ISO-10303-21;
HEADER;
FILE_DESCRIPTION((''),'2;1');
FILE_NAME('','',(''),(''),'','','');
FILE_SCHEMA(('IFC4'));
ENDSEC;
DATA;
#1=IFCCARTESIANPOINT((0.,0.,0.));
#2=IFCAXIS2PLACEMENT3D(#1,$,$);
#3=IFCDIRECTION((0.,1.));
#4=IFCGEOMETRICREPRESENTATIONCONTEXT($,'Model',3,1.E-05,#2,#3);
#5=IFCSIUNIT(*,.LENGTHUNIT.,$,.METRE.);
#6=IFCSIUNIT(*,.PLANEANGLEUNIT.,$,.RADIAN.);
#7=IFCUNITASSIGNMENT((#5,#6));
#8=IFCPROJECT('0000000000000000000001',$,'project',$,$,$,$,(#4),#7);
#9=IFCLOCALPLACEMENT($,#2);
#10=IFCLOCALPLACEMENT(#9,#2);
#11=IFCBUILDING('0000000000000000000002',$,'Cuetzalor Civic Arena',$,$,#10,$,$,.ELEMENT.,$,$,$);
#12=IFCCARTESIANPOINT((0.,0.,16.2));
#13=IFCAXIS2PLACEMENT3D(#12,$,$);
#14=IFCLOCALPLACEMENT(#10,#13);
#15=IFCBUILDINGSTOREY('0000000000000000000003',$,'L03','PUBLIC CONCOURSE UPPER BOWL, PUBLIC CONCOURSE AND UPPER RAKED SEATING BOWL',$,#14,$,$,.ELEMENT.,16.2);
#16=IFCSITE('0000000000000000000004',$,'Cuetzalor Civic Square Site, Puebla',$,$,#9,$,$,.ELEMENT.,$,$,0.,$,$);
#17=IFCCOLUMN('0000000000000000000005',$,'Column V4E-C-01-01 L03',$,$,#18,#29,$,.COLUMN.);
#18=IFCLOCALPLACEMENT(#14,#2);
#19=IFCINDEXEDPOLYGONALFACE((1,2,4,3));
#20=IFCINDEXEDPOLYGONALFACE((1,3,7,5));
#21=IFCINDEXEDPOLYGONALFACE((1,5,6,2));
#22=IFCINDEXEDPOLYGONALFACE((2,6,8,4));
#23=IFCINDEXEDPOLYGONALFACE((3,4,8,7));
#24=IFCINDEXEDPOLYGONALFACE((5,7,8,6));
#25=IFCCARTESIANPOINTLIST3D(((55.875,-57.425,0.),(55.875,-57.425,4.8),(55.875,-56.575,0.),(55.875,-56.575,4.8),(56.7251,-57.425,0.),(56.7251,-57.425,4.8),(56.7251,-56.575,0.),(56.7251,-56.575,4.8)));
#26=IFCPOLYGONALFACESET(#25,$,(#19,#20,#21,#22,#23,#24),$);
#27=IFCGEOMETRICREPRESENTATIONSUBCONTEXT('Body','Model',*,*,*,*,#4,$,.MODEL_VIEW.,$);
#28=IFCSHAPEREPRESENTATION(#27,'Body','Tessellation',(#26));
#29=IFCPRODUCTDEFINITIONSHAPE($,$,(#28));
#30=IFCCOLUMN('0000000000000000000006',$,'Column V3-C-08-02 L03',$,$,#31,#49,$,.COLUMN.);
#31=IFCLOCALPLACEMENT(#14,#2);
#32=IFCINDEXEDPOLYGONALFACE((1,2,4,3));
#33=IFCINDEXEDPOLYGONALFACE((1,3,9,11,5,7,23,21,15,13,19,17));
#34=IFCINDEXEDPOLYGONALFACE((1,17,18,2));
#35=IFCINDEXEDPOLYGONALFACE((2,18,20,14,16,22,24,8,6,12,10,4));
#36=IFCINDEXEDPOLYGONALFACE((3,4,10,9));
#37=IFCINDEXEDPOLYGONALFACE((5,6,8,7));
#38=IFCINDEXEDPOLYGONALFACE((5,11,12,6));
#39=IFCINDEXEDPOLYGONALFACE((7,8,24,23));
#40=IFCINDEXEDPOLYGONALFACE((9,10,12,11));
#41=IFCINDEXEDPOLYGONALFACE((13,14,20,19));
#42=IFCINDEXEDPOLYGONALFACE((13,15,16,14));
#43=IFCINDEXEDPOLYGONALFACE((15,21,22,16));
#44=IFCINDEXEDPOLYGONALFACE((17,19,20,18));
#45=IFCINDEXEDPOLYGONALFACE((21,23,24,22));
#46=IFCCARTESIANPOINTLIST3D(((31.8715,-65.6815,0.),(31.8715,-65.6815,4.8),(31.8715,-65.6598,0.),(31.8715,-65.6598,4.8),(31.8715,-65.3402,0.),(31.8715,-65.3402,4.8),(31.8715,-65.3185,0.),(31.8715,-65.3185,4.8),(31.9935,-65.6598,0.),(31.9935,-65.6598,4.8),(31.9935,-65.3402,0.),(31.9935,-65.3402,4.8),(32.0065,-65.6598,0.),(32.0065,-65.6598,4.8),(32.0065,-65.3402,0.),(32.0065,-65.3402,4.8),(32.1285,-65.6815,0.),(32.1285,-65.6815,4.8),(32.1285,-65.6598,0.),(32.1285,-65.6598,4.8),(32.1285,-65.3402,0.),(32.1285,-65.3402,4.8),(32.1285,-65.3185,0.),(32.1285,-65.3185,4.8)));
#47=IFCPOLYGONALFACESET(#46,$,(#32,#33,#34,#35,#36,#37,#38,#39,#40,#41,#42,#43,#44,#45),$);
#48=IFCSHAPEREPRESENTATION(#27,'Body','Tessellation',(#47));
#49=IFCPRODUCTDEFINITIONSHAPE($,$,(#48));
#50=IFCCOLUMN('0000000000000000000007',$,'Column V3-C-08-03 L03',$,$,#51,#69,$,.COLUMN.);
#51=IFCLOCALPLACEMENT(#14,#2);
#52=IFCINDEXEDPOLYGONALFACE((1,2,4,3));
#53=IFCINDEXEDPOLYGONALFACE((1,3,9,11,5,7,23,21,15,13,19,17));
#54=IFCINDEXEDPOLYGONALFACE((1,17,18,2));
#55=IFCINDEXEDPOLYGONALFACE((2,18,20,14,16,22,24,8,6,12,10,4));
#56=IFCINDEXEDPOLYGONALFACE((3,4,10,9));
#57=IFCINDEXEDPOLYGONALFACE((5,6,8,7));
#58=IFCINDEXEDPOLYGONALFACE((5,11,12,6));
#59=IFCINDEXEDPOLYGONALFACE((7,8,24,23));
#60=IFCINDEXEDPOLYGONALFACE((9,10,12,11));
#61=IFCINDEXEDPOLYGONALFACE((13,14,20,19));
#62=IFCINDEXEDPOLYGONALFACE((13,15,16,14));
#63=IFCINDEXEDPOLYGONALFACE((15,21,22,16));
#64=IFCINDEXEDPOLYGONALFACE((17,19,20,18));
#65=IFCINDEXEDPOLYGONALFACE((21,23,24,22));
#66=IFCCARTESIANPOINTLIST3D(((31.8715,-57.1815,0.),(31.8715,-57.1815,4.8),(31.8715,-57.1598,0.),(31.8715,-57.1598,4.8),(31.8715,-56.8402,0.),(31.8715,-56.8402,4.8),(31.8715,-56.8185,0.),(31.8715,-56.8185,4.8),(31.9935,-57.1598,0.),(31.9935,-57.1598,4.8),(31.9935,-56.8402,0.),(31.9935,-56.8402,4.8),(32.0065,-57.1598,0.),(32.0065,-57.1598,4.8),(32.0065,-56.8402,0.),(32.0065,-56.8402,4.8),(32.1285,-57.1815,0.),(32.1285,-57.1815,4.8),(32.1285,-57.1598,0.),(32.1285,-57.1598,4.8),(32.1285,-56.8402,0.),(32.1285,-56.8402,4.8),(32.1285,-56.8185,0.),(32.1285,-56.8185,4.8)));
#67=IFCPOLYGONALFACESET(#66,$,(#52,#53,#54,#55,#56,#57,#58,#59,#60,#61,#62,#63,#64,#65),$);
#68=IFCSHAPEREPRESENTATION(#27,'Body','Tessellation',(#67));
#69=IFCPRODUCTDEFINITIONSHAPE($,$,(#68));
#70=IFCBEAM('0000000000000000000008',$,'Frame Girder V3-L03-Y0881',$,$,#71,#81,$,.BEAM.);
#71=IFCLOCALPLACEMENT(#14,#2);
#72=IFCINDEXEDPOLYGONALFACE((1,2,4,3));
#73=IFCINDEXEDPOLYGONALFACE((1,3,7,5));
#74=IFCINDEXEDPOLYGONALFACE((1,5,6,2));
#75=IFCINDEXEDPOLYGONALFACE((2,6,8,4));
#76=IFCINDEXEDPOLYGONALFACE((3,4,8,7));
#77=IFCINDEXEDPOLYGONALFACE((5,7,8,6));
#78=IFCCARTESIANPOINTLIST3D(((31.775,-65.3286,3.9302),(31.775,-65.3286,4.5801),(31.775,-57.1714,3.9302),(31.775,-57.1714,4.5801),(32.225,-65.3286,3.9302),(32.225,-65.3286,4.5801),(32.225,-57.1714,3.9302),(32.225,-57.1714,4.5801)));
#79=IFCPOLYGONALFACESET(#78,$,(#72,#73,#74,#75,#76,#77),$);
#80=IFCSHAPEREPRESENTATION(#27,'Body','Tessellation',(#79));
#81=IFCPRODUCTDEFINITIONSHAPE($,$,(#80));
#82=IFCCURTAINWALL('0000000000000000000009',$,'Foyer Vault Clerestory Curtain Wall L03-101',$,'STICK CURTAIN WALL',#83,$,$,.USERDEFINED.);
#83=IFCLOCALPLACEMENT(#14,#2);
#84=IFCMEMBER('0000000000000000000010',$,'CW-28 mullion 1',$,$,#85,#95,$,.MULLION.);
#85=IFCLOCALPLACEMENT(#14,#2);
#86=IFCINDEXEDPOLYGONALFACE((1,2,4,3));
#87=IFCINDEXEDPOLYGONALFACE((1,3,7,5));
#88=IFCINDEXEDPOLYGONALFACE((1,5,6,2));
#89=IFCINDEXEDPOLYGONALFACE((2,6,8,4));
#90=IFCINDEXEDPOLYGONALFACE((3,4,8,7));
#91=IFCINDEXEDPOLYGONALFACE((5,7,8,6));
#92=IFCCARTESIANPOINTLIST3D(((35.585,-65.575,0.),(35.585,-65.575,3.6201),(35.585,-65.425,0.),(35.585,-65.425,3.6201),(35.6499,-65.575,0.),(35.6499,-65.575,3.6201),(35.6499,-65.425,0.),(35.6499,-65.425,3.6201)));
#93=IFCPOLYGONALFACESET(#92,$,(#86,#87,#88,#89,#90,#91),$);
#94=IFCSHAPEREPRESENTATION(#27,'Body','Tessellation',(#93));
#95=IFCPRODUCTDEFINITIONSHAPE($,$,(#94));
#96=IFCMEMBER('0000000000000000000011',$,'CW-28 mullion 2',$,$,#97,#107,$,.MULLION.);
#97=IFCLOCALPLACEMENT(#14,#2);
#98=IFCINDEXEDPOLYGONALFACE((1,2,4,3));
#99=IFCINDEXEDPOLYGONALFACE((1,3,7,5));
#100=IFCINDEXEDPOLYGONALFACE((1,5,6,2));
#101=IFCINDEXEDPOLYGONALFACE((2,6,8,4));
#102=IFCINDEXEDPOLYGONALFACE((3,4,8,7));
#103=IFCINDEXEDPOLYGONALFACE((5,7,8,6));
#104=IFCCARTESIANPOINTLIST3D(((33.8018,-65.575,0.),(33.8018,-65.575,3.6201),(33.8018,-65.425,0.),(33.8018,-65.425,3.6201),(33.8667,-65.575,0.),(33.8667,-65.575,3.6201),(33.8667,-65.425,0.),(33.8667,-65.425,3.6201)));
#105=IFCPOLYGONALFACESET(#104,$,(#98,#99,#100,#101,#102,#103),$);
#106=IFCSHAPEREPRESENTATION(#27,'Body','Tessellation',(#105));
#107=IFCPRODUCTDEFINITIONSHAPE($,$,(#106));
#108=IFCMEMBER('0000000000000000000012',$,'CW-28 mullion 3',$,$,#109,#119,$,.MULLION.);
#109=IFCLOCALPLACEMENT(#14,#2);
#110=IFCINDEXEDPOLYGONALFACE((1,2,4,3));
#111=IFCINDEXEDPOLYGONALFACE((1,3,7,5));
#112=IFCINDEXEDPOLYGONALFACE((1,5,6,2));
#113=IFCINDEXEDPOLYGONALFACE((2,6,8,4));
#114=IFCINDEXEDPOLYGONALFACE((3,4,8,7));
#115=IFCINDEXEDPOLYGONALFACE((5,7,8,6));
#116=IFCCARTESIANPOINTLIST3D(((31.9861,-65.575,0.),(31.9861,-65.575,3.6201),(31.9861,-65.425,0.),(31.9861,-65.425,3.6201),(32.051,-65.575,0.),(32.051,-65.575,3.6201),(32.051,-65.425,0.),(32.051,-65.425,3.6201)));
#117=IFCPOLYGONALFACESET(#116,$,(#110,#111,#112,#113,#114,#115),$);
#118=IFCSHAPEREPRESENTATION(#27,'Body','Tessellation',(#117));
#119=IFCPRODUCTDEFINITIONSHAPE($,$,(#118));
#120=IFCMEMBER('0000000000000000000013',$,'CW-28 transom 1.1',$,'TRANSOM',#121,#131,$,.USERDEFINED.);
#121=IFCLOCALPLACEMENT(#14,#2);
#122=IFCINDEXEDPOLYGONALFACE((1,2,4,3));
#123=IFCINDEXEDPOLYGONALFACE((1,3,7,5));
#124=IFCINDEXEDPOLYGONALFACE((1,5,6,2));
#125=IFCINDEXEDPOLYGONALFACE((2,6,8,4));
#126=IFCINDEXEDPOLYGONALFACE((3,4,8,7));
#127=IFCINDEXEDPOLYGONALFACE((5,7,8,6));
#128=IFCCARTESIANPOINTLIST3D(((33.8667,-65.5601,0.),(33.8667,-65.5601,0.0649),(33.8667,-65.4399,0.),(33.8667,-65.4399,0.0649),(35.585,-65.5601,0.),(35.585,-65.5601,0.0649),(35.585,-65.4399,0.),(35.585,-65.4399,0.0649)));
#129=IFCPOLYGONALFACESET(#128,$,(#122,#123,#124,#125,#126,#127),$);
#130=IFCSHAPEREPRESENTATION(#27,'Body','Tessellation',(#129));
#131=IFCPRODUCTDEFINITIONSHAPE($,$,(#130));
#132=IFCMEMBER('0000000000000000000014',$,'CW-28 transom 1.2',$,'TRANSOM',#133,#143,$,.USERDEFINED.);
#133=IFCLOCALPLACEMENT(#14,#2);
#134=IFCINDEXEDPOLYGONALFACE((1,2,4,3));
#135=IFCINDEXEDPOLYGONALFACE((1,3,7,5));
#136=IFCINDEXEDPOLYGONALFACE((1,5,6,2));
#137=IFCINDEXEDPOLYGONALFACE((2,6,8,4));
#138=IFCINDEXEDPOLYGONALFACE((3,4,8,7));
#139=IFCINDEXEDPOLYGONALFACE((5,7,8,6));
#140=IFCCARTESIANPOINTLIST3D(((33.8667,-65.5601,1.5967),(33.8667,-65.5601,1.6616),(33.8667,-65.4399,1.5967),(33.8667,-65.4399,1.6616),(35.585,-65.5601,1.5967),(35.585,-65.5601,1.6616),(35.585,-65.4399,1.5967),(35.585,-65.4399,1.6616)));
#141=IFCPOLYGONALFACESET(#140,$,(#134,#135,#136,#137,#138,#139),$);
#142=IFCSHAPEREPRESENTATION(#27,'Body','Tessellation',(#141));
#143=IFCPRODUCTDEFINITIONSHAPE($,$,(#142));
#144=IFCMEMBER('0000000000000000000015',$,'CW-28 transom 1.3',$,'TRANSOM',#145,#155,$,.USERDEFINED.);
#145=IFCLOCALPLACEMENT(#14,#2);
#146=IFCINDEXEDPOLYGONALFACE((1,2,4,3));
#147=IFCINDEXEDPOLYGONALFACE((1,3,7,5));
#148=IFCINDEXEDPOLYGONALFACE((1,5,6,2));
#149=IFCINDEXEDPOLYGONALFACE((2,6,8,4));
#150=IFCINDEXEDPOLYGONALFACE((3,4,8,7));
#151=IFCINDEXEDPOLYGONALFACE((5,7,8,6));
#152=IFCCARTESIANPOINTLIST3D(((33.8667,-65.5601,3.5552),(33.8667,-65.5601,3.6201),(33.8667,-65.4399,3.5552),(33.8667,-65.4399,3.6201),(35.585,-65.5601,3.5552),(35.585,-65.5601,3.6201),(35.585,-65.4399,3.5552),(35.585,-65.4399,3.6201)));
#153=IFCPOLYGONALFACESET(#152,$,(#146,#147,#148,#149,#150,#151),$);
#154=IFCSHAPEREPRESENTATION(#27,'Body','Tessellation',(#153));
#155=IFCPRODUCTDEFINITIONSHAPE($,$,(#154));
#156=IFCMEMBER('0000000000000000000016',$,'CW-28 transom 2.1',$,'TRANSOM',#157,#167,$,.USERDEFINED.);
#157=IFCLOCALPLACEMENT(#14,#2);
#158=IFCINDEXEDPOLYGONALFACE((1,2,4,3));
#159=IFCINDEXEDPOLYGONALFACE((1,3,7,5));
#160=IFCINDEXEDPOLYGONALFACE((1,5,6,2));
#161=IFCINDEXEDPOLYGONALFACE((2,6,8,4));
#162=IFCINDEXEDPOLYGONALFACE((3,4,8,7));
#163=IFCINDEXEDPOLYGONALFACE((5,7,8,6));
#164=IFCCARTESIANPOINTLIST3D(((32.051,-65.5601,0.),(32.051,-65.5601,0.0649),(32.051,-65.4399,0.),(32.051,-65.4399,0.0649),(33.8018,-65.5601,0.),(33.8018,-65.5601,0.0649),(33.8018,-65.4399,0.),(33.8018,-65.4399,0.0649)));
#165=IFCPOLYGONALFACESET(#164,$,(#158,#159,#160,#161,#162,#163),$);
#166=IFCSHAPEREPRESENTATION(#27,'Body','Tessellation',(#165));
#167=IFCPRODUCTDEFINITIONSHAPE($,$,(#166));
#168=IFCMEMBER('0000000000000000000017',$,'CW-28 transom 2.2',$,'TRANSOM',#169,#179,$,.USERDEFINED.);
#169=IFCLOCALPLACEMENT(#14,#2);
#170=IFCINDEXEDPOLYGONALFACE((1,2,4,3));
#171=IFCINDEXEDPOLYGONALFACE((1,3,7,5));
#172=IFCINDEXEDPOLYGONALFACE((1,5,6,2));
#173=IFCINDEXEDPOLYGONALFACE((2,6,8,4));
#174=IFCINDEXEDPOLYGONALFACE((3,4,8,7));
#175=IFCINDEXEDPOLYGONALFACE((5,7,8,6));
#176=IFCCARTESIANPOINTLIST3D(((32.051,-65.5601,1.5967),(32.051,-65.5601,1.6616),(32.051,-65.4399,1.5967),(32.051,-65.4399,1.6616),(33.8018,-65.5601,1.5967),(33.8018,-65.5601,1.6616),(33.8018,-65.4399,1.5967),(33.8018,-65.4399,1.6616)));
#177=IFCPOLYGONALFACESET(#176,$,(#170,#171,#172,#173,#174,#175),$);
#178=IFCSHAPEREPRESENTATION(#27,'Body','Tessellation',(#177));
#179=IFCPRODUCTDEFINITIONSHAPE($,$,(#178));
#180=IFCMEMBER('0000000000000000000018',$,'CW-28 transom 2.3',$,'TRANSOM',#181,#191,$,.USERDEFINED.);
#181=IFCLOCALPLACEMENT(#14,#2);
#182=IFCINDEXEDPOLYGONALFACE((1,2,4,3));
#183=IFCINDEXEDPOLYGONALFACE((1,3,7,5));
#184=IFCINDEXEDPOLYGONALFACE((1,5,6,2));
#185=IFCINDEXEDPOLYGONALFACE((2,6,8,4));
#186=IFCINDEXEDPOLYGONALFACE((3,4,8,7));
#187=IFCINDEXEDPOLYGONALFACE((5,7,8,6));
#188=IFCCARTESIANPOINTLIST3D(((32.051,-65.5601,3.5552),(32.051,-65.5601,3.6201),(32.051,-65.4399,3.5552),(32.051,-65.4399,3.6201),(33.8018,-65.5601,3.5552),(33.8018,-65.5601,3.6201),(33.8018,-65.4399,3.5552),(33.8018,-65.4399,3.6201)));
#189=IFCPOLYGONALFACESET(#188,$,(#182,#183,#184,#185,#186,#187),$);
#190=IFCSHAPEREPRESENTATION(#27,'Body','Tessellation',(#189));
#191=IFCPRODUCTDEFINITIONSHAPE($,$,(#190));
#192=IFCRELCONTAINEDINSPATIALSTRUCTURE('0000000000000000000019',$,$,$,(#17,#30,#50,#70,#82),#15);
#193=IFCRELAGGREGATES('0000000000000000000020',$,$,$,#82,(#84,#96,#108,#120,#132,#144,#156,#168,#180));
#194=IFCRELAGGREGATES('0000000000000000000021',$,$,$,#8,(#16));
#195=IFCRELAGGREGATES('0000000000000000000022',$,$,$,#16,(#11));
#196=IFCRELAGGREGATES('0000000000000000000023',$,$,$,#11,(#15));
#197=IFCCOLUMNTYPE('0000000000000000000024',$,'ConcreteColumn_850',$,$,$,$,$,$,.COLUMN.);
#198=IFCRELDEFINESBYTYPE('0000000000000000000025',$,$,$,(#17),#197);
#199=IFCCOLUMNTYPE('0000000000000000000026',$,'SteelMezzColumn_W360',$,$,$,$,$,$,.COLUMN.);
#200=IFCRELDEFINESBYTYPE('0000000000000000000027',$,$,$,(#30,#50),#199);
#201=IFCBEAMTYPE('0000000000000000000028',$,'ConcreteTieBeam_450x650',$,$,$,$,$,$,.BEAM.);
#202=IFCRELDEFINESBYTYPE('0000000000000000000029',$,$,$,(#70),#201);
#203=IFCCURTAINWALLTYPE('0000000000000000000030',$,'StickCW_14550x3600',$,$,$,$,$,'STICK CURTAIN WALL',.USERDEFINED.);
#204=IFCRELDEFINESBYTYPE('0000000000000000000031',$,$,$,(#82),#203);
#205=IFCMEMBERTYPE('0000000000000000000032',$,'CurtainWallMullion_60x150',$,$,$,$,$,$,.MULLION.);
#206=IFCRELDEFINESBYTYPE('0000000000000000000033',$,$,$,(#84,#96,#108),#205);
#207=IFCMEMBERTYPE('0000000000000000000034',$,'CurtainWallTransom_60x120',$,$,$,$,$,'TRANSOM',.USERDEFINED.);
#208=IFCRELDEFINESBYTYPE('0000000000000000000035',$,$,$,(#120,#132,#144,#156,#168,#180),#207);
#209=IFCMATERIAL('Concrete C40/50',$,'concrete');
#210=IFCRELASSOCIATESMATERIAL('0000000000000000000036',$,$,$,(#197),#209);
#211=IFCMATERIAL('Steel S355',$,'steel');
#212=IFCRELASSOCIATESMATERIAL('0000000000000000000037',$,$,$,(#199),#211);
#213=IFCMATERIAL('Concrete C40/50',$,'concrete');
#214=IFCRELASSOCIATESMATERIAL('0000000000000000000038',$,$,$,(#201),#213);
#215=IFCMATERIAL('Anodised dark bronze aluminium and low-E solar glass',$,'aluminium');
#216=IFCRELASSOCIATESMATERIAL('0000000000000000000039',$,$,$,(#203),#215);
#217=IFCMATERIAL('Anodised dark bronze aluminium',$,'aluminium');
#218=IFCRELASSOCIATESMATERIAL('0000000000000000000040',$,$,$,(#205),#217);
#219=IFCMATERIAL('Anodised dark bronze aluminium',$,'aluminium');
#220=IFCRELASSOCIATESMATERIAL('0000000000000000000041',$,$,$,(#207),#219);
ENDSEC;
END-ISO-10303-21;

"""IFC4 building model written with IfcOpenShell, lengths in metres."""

from ifc_helpers import new_model, si_unit, direction, frame, origin, origin_2d, place, context, subcontext, project, spatial, rectangle, i_section, extrude, material, material_profile, profile_set, type_object, element, aggregate, save


model = new_model("IFC4")

# Units and contexts
model_context = context("Model", 3, precision=1e-05, world=origin(), true_north=direction((0.0, 1.0)))
body_context = subcontext(model_context, "Body", "Model", "MODEL_VIEW")
ifc_project = project(units=[si_unit("LENGTHUNIT", "METRE"), si_unit("PLANEANGLEUNIT", "RADIAN")], contexts=[model_context])

# Site, building, storey
site_placement = place(None, origin())
site = spatial("IfcSite", under=ifc_project, at=site_placement, Name="Cuetzalor Civic Square Site, Puebla", CompositionType="ELEMENT", RefElevation=0.0)
building_placement = place(site_placement, origin())
building = spatial("IfcBuilding", under=site, at=building_placement, Name="Cuetzalor Civic Arena", CompositionType="ELEMENT")
storey_placement = place(building_placement, frame((0.0, 0.0, 16.2)))
storey = spatial("IfcBuildingStorey", under=building, at=storey_placement, Name="L03", Description="PUBLIC CONCOURSE UPPER BOWL, PUBLIC CONCOURSE AND UPPER RAKED SEATING BOWL", CompositionType="ELEMENT", Elevation=16.2)

# Columns
ifc_material_1 = material(Name="Concrete C40/50", Category="concrete")
ifc_material_profile_1 = material_profile(ifc_material_1, rectangle(XDim=0.8501, YDim=0.8501, at=origin_2d()), Name="RC 850x850")
ifc_profile_set_1 = profile_set([ifc_material_profile_1], Name="Concrete C40/50")
column_type_1 = type_object("IfcColumnType", Name="ConcreteColumn_850", PredefinedType="COLUMN", material=ifc_profile_set_1)
column_placement = place(storey_placement, frame((56.3, -57.0, 0.0), z_axis=(0.0, 0.0, 1.0), x_axis=(1.0, 0.0, 0.0)))
element("IfcColumn", 1, at=column_placement, inside=storey, type_object=column_type_1, Name="Column V4E-C-01-01 L03", PredefinedType="COLUMN", context=body_context, shape_type="SweptSolid", body=[
    extrude(rectangle(XDim=0.8501, YDim=0.8501, at=origin_2d()), origin(), (0.0, 0.0, 1.0), 4.8),
])
ifc_material_2 = material(Name="Steel S355", Category="steel")
ifc_material_profile_2 = material_profile(ifc_material_2, i_section(OverallWidth=0.2571, OverallDepth=0.363, WebThickness=0.0129, FlangeThickness=0.0217, at=origin_2d()), Name="W360x122")
ifc_profile_set_2 = profile_set([ifc_material_profile_2], Name="Steel S355")
column_type_2 = type_object("IfcColumnType", Name="SteelMezzColumn_W360", PredefinedType="COLUMN", material=ifc_profile_set_2)
for number, where, z_axis, x_axis, name in (
    (2, (32.0, -65.5, 0.0), (0.0, 0.0, 1.0), (1.0, 0.0, 0.0), "Column V3-C-08-02 L03"),
    (3, (32.0, -57.0, 0.0), (0.0, 0.0, 1.0), (1.0, 0.0, 0.0), "Column V3-C-08-03 L03"),
):
    element("IfcColumn", number, at=place(storey_placement, frame(where, z_axis=z_axis, x_axis=x_axis)), inside=storey, type_object=column_type_2, Name=name, PredefinedType="COLUMN", context=body_context, shape_type="SweptSolid", body=[
        extrude(i_section(OverallWidth=0.2571, OverallDepth=0.363, WebThickness=0.0129, FlangeThickness=0.0217, at=origin_2d()), origin(), (0.0, 0.0, 1.0), 4.8),
    ])

# Beam
ifc_material_3 = material(Name="Concrete C40/50", Category="concrete")
ifc_material_profile_3 = material_profile(ifc_material_3, rectangle(XDim=0.45, YDim=0.6499, at=origin_2d()), Name="RC 450x650")
ifc_profile_set_3 = profile_set([ifc_material_profile_3], Name="Concrete C40/50")
beam_type = type_object("IfcBeamType", Name="ConcreteTieBeam_450x650", PredefinedType="BEAM", material=ifc_profile_set_3)
beam_placement = place(storey_placement, frame((32.0, -65.3286, 4.2551), z_axis=(0.0, 1.0, 0.0), x_axis=(-1.0, 0.0, 0.0)))
element("IfcBeam", 4, at=beam_placement, inside=storey, type_object=beam_type, Name="Frame Girder V3-L03-Y0881", PredefinedType="BEAM", context=body_context, shape_type="SweptSolid", body=[
    extrude(rectangle(XDim=0.45, YDim=0.6499, at=origin_2d()), origin(), (0.0, 0.0, 1.0), 8.1572),
])

# Curtain wall, members
ifc_material_4 = material(Name="Anodised dark bronze aluminium and low-E solar glass", Category="aluminium")
curtain_wall_type = type_object("IfcCurtainWallType", Name="StickCW_14550x3600", ElementType="STICK CURTAIN WALL", PredefinedType="USERDEFINED", material=ifc_material_4)
curtain_wall_placement = place(storey_placement, origin())
curtain_wall = element("IfcCurtainWall", 5, at=curtain_wall_placement, inside=storey, type_object=curtain_wall_type, Name="Foyer Vault Clerestory Curtain Wall L03-101", ObjectType="STICK CURTAIN WALL", PredefinedType="USERDEFINED")
ifc_material_5 = material(Name="Anodised dark bronze aluminium", Category="aluminium")
ifc_material_profile_4 = material_profile(ifc_material_5, rectangle(XDim=0.0649, YDim=0.1499, at=origin_2d()), Name="ALU MULLION 65x150")
ifc_profile_set_4 = profile_set([ifc_material_profile_4], Name="Anodised dark bronze aluminium")
member_type_1 = type_object("IfcMemberType", Name="CurtainWallMullion_60x150", PredefinedType="MULLION", material=ifc_profile_set_4)
member_1_placement = place(storey_placement, frame((35.6174, -65.5, 0.0), z_axis=(0.0, 0.0, 1.0), x_axis=(-1.0, 0.0, 0.0)))
member_1 = element("IfcMember", 6, at=member_1_placement, type_object=member_type_1, Name="CW-28 mullion 1", PredefinedType="MULLION", context=body_context, shape_type="SweptSolid", body=[
    extrude(rectangle(XDim=0.0649, YDim=0.1499, at=origin_2d()), origin(), (0.0, 0.0, 1.0), 3.6201),
])
member_2_placement = place(storey_placement, frame((33.8342, -65.5, 0.0), z_axis=(0.0, 0.0, 1.0), x_axis=(-1.0, 0.0, 0.0)))
member_2 = element("IfcMember", 7, at=member_2_placement, type_object=member_type_1, Name="CW-28 mullion 2", PredefinedType="MULLION", context=body_context, shape_type="SweptSolid", body=[
    extrude(rectangle(XDim=0.0649, YDim=0.1499, at=origin_2d()), origin(), (0.0, 0.0, 1.0), 3.6201),
])
member_3_placement = place(storey_placement, frame((32.0186, -65.5, 0.0), z_axis=(0.0, 0.0, 1.0), x_axis=(-1.0, 0.0, 0.0)))
member_3 = element("IfcMember", 8, at=member_3_placement, type_object=member_type_1, Name="CW-28 mullion 3", PredefinedType="MULLION", context=body_context, shape_type="SweptSolid", body=[
    extrude(rectangle(XDim=0.0649, YDim=0.1499, at=origin_2d()), origin(), (0.0, 0.0, 1.0), 3.6201),
])
ifc_material_6 = material(Name="Anodised dark bronze aluminium", Category="aluminium")
ifc_material_profile_5 = material_profile(ifc_material_6, rectangle(XDim=0.1201, YDim=0.0649, at=origin_2d()), Name="ALU TRANSOM 65x120")
ifc_profile_set_5 = profile_set([ifc_material_profile_5], Name="Anodised dark bronze aluminium")
member_type_2 = type_object("IfcMemberType", Name="CurtainWallTransom_60x120", ElementType="TRANSOM", PredefinedType="USERDEFINED", material=ifc_profile_set_5)
member_4_placement = place(storey_placement, frame((35.585, -65.5, 0.0325), z_axis=(-1.0, 0.0, 0.0), x_axis=(0.0, -1.0, 0.0)))
member_4 = element("IfcMember", 9, at=member_4_placement, type_object=member_type_2, Name="CW-28 transom 1.1", ObjectType="TRANSOM", PredefinedType="USERDEFINED", context=body_context, shape_type="SweptSolid", body=[
    extrude(rectangle(XDim=0.1201, YDim=0.0649, at=origin_2d()), origin(), (0.0, 0.0, 1.0), 1.7183),
])
member_5_placement = place(storey_placement, frame((35.585, -65.5, 1.6292), z_axis=(-1.0, 0.0, 0.0), x_axis=(0.0, -1.0, 0.0)))
member_5 = element("IfcMember", 10, at=member_5_placement, type_object=member_type_2, Name="CW-28 transom 1.2", ObjectType="TRANSOM", PredefinedType="USERDEFINED", context=body_context, shape_type="SweptSolid", body=[
    extrude(rectangle(XDim=0.1201, YDim=0.0649, at=origin_2d()), origin(), (0.0, 0.0, 1.0), 1.7183),
])
member_6_placement = place(storey_placement, frame((35.585, -65.5, 3.5876), z_axis=(-1.0, 0.0, 0.0), x_axis=(0.0, -1.0, 0.0)))
member_6 = element("IfcMember", 11, at=member_6_placement, type_object=member_type_2, Name="CW-28 transom 1.3", ObjectType="TRANSOM", PredefinedType="USERDEFINED", context=body_context, shape_type="SweptSolid", body=[
    extrude(rectangle(XDim=0.1201, YDim=0.0649, at=origin_2d()), origin(), (0.0, 0.0, 1.0), 1.7183),
])
member_7_placement = place(storey_placement, frame((33.8018, -65.5, 0.0325), z_axis=(-1.0, 0.0, 0.0), x_axis=(0.0, -1.0, 0.0)))
member_7 = element("IfcMember", 12, at=member_7_placement, type_object=member_type_2, Name="CW-28 transom 2.1", ObjectType="TRANSOM", PredefinedType="USERDEFINED", context=body_context, shape_type="SweptSolid", body=[
    extrude(rectangle(XDim=0.1201, YDim=0.0649, at=origin_2d()), origin(), (0.0, 0.0, 1.0), 1.7507),
])
member_8_placement = place(storey_placement, frame((33.8018, -65.5, 1.6292), z_axis=(-1.0, 0.0, 0.0), x_axis=(0.0, -1.0, 0.0)))
member_8 = element("IfcMember", 13, at=member_8_placement, type_object=member_type_2, Name="CW-28 transom 2.2", ObjectType="TRANSOM", PredefinedType="USERDEFINED", context=body_context, shape_type="SweptSolid", body=[
    extrude(rectangle(XDim=0.1201, YDim=0.0649, at=origin_2d()), origin(), (0.0, 0.0, 1.0), 1.7507),
])
member_9_placement = place(storey_placement, frame((33.8018, -65.5, 3.5876), z_axis=(-1.0, 0.0, 0.0), x_axis=(0.0, -1.0, 0.0)))
member_9 = element("IfcMember", 14, at=member_9_placement, type_object=member_type_2, Name="CW-28 transom 2.3", ObjectType="TRANSOM", PredefinedType="USERDEFINED", context=body_context, shape_type="SweptSolid", body=[
    extrude(rectangle(XDim=0.1201, YDim=0.0649, at=origin_2d()), origin(), (0.0, 0.0, 1.0), 1.7507),
])
aggregate(curtain_wall, [member_1, member_2, member_3, member_4, member_5, member_6, member_7, member_8, member_9])

save(model, "model.ifc")
